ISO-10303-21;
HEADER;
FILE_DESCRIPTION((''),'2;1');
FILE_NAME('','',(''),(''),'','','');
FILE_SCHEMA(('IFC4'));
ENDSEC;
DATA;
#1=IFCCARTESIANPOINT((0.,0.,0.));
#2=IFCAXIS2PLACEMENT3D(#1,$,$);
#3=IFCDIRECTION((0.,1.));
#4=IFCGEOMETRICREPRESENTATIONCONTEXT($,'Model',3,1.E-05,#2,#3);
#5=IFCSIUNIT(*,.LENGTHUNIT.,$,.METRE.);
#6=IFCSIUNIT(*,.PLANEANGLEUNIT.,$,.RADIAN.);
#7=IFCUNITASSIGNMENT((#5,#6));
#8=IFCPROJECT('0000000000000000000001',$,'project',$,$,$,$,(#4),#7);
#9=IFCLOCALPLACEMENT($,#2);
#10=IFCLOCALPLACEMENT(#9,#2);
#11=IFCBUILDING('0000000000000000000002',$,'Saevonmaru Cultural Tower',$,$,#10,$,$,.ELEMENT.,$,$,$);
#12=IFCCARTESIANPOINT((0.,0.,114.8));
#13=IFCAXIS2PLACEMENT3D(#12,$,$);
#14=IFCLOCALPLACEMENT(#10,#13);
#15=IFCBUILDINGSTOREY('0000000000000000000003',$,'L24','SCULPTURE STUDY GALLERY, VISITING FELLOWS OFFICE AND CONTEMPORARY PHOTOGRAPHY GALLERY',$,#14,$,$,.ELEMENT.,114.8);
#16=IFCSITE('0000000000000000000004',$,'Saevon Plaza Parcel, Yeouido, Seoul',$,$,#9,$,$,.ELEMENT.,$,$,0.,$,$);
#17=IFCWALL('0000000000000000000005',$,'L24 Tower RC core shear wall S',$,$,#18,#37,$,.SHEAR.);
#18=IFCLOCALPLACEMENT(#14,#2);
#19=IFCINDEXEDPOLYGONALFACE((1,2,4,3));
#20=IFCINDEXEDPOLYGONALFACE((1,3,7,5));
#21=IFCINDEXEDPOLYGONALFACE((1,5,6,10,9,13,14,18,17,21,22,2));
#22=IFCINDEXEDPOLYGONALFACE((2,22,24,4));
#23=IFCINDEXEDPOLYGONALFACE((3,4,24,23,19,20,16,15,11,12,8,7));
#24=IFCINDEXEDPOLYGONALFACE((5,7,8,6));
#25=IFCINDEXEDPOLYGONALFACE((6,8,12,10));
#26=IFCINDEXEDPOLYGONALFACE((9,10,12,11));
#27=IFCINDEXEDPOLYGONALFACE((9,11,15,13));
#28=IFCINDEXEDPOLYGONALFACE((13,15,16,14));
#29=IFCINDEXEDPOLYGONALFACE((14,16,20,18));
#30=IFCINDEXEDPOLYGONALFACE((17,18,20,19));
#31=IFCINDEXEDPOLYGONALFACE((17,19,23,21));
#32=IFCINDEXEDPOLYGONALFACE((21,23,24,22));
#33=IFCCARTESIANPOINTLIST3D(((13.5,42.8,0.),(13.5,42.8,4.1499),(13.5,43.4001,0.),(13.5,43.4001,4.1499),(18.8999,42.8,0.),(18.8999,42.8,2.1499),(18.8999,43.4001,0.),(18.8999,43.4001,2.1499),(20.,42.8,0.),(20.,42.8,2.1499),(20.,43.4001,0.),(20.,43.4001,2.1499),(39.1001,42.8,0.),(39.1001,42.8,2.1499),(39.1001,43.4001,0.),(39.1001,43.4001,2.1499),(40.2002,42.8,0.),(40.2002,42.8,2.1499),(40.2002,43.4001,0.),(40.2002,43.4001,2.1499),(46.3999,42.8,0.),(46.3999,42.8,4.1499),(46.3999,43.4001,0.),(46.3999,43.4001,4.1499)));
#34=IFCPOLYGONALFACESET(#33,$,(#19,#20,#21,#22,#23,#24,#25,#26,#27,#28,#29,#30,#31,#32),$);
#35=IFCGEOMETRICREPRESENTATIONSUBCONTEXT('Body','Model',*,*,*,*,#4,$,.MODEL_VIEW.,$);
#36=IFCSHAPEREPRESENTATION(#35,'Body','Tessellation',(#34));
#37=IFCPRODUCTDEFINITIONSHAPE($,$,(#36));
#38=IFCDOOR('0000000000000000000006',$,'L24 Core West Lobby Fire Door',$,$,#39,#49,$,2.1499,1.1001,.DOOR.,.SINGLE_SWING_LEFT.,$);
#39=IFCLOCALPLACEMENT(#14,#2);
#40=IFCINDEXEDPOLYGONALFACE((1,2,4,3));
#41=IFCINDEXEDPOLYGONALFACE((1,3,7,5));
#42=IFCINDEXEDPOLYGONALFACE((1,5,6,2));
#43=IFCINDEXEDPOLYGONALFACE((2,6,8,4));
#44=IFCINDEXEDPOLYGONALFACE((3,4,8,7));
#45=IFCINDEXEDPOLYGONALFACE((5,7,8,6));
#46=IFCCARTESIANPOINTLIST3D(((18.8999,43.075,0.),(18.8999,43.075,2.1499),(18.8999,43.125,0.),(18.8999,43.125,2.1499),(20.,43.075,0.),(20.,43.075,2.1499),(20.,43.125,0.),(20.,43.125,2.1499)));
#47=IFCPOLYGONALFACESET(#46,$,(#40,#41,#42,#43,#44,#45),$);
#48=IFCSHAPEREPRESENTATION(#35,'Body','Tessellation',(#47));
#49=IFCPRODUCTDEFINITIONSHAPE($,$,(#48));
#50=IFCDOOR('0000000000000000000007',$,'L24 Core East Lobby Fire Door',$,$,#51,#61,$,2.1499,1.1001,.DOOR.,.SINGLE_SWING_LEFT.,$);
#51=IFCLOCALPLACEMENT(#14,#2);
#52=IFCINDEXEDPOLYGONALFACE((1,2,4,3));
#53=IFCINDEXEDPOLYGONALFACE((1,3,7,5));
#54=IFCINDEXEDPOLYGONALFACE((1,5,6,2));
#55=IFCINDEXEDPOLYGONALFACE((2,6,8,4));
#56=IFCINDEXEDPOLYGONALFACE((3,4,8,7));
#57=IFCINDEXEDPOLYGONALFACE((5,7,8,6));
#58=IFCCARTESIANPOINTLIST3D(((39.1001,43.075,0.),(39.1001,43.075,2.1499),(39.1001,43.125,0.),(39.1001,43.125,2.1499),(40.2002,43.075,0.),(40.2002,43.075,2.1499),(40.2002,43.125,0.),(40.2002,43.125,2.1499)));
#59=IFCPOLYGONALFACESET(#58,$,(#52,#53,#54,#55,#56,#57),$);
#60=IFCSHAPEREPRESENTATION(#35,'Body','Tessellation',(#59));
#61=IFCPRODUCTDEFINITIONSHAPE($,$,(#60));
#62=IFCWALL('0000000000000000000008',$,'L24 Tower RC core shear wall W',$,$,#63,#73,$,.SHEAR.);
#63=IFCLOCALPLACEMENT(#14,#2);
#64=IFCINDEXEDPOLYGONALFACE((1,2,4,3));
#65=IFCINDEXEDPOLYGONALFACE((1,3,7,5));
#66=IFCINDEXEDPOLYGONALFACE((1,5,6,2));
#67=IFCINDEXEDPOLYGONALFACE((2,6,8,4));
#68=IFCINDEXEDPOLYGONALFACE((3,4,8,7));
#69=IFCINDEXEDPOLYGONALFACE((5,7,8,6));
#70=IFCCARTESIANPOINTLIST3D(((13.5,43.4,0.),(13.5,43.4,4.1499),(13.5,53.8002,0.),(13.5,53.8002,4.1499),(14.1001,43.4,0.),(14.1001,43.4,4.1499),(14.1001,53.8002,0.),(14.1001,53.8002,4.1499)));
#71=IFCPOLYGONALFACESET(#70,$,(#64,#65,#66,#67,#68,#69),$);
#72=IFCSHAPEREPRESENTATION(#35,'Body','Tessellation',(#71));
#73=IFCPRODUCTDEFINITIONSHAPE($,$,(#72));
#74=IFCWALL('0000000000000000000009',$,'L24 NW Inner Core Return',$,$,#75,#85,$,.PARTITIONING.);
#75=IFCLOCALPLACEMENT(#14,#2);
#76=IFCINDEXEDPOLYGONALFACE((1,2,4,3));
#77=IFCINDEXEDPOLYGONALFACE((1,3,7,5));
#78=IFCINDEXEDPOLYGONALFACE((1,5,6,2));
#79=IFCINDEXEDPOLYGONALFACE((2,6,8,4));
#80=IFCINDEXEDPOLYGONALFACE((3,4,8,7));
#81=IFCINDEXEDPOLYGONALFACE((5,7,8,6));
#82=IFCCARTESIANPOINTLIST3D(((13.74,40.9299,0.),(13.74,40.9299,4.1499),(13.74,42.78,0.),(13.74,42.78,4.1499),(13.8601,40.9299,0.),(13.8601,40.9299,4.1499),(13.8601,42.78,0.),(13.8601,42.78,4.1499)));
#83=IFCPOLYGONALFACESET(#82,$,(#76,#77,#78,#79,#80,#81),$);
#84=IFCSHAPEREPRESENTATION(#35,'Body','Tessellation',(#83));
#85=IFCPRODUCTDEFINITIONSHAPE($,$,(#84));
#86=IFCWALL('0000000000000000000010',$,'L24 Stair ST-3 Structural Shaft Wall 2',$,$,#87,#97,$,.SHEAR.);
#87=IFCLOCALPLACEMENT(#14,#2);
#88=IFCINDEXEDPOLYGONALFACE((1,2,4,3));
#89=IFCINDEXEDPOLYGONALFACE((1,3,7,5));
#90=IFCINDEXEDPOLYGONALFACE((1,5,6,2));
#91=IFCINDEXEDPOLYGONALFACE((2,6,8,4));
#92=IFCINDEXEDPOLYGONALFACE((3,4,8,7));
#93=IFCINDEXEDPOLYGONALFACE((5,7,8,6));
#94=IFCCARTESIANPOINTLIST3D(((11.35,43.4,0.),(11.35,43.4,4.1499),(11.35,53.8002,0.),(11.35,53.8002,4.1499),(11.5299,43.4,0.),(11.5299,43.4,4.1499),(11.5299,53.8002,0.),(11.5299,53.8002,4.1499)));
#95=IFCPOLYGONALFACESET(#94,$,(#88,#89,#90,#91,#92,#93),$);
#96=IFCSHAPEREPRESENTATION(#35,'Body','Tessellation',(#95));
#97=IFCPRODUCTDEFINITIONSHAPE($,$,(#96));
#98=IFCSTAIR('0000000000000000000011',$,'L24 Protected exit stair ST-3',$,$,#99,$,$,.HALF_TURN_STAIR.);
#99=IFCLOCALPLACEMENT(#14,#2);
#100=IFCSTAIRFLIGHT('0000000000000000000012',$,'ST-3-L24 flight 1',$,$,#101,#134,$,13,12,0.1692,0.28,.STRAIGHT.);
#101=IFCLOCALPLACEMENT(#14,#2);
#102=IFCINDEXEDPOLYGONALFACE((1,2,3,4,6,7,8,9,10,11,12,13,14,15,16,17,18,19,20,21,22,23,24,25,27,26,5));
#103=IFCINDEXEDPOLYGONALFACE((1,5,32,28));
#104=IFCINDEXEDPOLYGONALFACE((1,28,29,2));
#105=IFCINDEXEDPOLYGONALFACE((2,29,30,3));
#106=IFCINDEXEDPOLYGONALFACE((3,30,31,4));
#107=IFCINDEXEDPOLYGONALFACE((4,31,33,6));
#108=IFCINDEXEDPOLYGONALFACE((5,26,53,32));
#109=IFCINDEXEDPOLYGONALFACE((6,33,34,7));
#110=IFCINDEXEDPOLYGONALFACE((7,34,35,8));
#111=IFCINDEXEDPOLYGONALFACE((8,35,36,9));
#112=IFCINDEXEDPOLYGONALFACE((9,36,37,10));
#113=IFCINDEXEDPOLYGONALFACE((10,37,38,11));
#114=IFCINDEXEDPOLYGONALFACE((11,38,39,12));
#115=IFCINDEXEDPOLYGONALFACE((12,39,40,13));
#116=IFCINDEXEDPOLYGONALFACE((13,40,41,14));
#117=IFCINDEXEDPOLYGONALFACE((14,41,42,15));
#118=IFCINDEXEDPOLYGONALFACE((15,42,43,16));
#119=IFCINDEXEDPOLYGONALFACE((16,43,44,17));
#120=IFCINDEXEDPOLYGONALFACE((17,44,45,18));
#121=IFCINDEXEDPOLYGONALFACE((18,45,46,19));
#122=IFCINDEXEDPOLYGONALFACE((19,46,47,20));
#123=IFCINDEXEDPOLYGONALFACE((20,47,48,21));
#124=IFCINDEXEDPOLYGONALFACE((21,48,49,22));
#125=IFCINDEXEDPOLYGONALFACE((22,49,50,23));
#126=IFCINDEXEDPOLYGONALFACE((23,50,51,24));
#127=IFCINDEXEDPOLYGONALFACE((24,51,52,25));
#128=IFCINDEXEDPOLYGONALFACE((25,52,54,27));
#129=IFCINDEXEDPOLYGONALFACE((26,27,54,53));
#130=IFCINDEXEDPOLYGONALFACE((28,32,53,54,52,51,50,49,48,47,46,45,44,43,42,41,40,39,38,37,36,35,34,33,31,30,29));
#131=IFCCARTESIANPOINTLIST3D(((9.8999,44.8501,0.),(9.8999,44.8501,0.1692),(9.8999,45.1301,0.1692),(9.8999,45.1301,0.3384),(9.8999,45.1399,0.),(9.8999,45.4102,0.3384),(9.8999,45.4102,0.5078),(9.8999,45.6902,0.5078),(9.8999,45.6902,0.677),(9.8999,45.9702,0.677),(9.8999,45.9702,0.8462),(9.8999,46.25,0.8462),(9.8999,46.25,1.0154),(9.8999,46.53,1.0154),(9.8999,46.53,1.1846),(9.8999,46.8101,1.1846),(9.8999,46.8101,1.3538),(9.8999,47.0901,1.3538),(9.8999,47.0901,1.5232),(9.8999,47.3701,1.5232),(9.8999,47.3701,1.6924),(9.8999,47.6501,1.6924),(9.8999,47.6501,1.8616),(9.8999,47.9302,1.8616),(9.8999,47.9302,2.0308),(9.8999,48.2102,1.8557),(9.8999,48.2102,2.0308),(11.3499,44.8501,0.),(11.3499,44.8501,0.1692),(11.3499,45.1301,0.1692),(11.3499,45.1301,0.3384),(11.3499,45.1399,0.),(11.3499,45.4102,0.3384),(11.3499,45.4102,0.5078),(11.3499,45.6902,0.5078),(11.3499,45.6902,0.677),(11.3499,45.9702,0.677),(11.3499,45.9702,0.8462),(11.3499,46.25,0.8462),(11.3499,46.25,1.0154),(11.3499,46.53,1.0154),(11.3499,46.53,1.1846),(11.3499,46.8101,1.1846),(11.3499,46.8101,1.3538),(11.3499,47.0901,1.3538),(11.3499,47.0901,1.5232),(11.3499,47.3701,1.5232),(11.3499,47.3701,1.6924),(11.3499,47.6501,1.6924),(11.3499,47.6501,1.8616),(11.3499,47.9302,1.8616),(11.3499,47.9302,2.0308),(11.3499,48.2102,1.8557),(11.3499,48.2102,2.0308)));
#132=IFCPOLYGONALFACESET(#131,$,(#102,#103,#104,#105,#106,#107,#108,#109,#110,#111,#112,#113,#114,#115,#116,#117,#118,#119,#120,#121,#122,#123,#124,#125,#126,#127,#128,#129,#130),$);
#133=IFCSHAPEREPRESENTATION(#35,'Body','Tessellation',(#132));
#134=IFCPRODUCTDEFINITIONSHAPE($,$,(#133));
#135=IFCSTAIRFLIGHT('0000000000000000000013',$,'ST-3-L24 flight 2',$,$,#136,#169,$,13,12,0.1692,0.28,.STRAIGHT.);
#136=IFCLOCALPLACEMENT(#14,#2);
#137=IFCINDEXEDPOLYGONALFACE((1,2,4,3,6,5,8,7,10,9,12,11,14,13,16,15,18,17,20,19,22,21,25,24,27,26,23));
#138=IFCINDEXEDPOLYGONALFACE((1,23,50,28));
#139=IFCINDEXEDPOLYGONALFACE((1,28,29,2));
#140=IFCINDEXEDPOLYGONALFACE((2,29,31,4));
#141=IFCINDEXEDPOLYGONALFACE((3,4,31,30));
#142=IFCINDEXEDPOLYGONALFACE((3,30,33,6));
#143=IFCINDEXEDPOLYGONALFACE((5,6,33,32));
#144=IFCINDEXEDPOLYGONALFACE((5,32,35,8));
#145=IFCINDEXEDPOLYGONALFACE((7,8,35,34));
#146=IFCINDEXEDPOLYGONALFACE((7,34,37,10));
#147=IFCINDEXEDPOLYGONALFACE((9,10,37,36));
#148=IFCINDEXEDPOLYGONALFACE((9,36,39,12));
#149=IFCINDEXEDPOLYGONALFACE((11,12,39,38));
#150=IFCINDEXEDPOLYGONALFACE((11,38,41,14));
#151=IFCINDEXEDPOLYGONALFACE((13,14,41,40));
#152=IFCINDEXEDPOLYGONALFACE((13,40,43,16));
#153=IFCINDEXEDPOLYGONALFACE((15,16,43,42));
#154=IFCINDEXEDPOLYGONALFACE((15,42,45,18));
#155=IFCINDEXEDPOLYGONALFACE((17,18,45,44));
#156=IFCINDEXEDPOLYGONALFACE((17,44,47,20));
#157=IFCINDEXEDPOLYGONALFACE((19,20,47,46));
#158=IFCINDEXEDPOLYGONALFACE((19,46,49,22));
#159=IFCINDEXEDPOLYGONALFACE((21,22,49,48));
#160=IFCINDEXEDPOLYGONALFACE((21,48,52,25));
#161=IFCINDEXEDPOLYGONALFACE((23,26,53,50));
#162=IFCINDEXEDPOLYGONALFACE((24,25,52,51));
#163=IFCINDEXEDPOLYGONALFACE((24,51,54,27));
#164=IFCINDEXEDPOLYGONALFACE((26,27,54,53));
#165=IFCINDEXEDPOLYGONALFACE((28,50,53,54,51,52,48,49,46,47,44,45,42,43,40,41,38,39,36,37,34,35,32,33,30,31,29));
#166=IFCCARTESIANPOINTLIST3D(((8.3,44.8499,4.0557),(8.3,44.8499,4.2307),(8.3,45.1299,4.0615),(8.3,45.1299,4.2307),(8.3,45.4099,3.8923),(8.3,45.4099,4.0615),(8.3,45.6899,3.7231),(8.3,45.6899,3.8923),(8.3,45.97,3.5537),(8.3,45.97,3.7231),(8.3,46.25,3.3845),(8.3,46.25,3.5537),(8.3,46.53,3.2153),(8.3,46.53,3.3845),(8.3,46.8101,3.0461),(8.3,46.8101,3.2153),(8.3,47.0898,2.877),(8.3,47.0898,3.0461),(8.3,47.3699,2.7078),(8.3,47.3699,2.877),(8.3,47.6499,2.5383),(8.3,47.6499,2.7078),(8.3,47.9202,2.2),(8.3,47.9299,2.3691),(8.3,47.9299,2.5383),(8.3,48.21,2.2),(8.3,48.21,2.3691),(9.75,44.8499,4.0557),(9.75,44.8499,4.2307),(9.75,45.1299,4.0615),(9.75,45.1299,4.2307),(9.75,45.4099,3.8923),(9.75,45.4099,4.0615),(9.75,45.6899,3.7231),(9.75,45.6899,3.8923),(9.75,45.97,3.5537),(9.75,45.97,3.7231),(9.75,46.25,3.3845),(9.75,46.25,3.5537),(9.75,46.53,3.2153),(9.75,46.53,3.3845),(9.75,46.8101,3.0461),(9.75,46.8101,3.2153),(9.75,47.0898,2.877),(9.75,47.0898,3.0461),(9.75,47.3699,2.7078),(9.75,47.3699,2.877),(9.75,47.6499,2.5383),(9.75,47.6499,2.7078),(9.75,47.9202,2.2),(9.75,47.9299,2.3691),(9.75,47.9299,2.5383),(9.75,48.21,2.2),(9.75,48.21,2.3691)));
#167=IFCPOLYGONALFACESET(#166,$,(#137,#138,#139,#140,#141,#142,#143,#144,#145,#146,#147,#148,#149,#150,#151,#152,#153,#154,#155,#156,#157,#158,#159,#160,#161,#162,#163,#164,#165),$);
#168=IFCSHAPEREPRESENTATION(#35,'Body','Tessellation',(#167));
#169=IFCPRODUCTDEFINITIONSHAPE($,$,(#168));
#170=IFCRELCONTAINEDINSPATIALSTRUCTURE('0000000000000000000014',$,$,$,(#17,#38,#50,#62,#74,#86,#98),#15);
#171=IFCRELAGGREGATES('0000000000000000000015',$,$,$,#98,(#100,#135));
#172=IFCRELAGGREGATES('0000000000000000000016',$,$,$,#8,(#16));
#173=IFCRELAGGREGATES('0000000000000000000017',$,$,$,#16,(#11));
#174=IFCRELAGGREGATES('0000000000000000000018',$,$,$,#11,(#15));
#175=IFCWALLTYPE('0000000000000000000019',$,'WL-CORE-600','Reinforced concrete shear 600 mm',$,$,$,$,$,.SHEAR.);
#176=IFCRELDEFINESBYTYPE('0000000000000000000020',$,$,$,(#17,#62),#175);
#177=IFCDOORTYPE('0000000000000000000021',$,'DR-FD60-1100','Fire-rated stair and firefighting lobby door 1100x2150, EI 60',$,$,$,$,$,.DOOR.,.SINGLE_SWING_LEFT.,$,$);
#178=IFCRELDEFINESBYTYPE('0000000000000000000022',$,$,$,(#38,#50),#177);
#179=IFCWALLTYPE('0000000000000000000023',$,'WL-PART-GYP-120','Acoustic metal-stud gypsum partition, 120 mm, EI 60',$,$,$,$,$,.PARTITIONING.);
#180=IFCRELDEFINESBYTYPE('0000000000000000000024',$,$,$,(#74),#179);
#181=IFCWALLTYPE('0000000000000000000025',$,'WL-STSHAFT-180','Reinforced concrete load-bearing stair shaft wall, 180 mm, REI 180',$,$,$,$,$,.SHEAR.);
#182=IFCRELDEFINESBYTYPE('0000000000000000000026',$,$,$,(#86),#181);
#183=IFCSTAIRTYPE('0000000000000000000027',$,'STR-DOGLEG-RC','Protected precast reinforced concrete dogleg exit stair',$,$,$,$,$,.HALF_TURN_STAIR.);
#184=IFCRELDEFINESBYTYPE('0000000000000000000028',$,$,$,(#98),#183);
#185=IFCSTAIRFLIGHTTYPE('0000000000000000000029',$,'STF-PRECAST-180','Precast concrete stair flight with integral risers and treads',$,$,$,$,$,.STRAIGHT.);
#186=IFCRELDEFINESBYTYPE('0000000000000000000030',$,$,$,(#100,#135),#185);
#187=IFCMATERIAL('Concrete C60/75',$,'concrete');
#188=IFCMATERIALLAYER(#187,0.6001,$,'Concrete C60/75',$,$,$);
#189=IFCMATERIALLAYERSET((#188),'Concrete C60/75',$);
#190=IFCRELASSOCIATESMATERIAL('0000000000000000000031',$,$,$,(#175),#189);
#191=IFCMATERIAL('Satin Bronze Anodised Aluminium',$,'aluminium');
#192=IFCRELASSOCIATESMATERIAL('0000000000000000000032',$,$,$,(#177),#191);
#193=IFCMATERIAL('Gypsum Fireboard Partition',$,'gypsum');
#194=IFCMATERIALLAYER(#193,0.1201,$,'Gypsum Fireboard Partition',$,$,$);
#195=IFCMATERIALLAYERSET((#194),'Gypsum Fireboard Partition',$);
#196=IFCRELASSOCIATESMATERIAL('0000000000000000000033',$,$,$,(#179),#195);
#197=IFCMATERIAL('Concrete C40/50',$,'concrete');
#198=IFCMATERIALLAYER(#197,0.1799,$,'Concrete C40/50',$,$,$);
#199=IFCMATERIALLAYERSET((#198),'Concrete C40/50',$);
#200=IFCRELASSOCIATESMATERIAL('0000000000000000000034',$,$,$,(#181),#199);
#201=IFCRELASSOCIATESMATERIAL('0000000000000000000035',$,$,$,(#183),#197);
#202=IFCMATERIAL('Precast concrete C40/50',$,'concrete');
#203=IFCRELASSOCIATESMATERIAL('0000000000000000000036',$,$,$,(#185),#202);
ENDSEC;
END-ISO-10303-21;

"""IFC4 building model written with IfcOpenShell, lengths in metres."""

from ifc_helpers import new_model, si_unit, direction, frame, frame_2d, origin, place, context, subcontext, project, spatial, polyline, rectangle, outline, extrude, material, layer, layer_set, type_object, element, fill, aggregate, save


model = new_model("IFC4")

# Units and contexts
model_context = context("Model", 3, precision=1e-05, world=origin(), true_north=direction((0.0, 1.0)))
body_context = subcontext(model_context, "Body", "Model", "MODEL_VIEW")
ifc_project = project(units=[si_unit("LENGTHUNIT", "METRE"), si_unit("PLANEANGLEUNIT", "RADIAN")], contexts=[model_context])

# Site, building, storey
site_placement = place(None, origin())
site = spatial("IfcSite", under=ifc_project, at=site_placement, Name="Saevon Plaza Parcel, Yeouido, Seoul", CompositionType="ELEMENT", RefElevation=0.0)
building_placement = place(site_placement, origin())
building = spatial("IfcBuilding", under=site, at=building_placement, Name="Saevonmaru Cultural Tower", CompositionType="ELEMENT")
storey_placement = place(building_placement, frame((0.0, 0.0, 114.8)))
storey = spatial("IfcBuildingStorey", under=building, at=storey_placement, Name="L24", Description="SCULPTURE STUDY GALLERY, VISITING FELLOWS OFFICE AND CONTEMPORARY PHOTOGRAPHY GALLERY", CompositionType="ELEMENT", Elevation=114.8)

# Shared definitions
ifc_material_1 = material(Name="Satin Bronze Anodised Aluminium", Category="aluminium")

# Wall, openings, doors
ifc_material_2 = material(Name="Concrete C60/75", Category="concrete")
ifc_layer_1 = layer(ifc_material_2, 0.6001, Name="Concrete C60/75")
ifc_layer_set_1 = layer_set([ifc_layer_1], Name="Concrete C60/75")
wall_type_1 = type_object("IfcWallType", Name="WL-CORE-600", Description="Reinforced concrete shear 600 mm", PredefinedType="SHEAR", material=ifc_layer_set_1)
wall_1_placement = place(storey_placement, frame((13.5, 43.1001, 0.0), z_axis=(0.0, 0.0, 1.0), x_axis=(1.0, 0.0, 0.0)))
wall_1 = element("IfcWall", 1, at=wall_1_placement, inside=storey, type_object=wall_type_1, Name="L24 Tower RC core shear wall S", PredefinedType="SHEAR", context=body_context, shape_type="SweptSolid", body=[
    extrude(rectangle(XDim=32.8999, YDim=0.6001, at=frame_2d((16.45, 0.0))), origin(), (0.0, 0.0, 1.0), 4.1499),
])
opening_1_placement = place(wall_1_placement, frame((5.3999, 0.0, 0.0)))
opening_1 = element("IfcOpeningElement", 2, at=opening_1_placement, cuts=wall_1, PredefinedType="OPENING", context=body_context, shape_type="SweptSolid", body=[
    extrude(rectangle(XDim=1.1001, YDim=2.1499, at=frame_2d((0.55, 1.075))), frame((0.0, 0.3101, 0.0), z_axis=(0.0, -1.0, 0.0), x_axis=(1.0, 0.0, 0.0)), (0.0, 0.0, 1.0), 0.6201),
])
opening_2_placement = place(wall_1_placement, frame((25.6001, 0.0, 0.0)))
opening_2 = element("IfcOpeningElement", 3, at=opening_2_placement, cuts=wall_1, PredefinedType="OPENING", context=body_context, shape_type="SweptSolid", body=[
    extrude(rectangle(XDim=1.1001, YDim=2.1499, at=frame_2d((0.55, 1.075))), frame((0.0, 0.3101, 0.0), z_axis=(0.0, -1.0, 0.0), x_axis=(1.0, 0.0, 0.0)), (0.0, 0.0, 1.0), 0.6201),
])
door_type = type_object("IfcDoorType", Name="DR-FD60-1100", Description="Fire-rated stair and firefighting lobby door 1100x2150, EI 60", OperationType="SINGLE_SWING_LEFT", PredefinedType="DOOR", material=ifc_material_1)
door_1_placement = place(opening_1_placement, origin())
door_1 = element("IfcDoor", 4, at=door_1_placement, inside=storey, type_object=door_type, Name="L24 Core West Lobby Fire Door", OperationType="SINGLE_SWING_LEFT", OverallHeight=2.1499, OverallWidth=1.1001, PredefinedType="DOOR", context=body_context, shape_type="SweptSolid", body=[
    extrude(rectangle(XDim=1.1001, YDim=2.1499, at=frame_2d((0.55, 1.075))), frame((0.0, 0.0249, 0.0), z_axis=(0.0, -1.0, 0.0), x_axis=(1.0, 0.0, 0.0)), (0.0, 0.0, 1.0), 0.05),
])
fill(opening_1, door_1)
door_2_placement = place(opening_2_placement, origin())
door_2 = element("IfcDoor", 5, at=door_2_placement, inside=storey, type_object=door_type, Name="L24 Core East Lobby Fire Door", OperationType="SINGLE_SWING_LEFT", OverallHeight=2.1499, OverallWidth=1.1001, PredefinedType="DOOR", context=body_context, shape_type="SweptSolid", body=[
    extrude(rectangle(XDim=1.1001, YDim=2.1499, at=frame_2d((0.55, 1.075))), frame((0.0, 0.0249, 0.0), z_axis=(0.0, -1.0, 0.0), x_axis=(1.0, 0.0, 0.0)), (0.0, 0.0, 1.0), 0.05),
])
fill(opening_2, door_2)

# Walls
wall_2_placement = place(storey_placement, frame((13.8, 43.3999, 0.0), z_axis=(0.0, 0.0, 1.0), x_axis=(0.0, 1.0, 0.0)))
element("IfcWall", 6, at=wall_2_placement, inside=storey, type_object=wall_type_1, Name="L24 Tower RC core shear wall W", PredefinedType="SHEAR", context=body_context, shape_type="SweptSolid", body=[
    extrude(rectangle(XDim=10.4001, YDim=0.6001, at=frame_2d((5.2002, 0.0))), origin(), (0.0, 0.0, 1.0), 4.1499),
])
ifc_material_3 = material(Name="Gypsum Fireboard Partition", Category="gypsum")
ifc_layer_2 = layer(ifc_material_3, 0.1201, Name="Gypsum Fireboard Partition")
ifc_layer_set_2 = layer_set([ifc_layer_2], Name="Gypsum Fireboard Partition")
wall_type_2 = type_object("IfcWallType", Name="WL-PART-GYP-120", Description="Acoustic metal-stud gypsum partition, 120 mm, EI 60", PredefinedType="PARTITIONING", material=ifc_layer_set_2)
wall_3_placement = place(storey_placement, frame((13.8, 40.9299, 0.0), z_axis=(0.0, 0.0, 1.0), x_axis=(0.0, 1.0, 0.0)))
element("IfcWall", 7, at=wall_3_placement, inside=storey, type_object=wall_type_2, Name="L24 NW Inner Core Return", PredefinedType="PARTITIONING", context=body_context, shape_type="SweptSolid", body=[
    extrude(rectangle(XDim=1.8501, YDim=0.1201, at=frame_2d((0.925, 0.0))), origin(), (0.0, 0.0, 1.0), 4.1499),
])

# Shared definitions
ifc_material_4 = material(Name="Concrete C40/50", Category="concrete")
ifc_layer_3 = layer(ifc_material_4, 0.1799, Name="Concrete C40/50")
ifc_layer_set_3 = layer_set([ifc_layer_3], Name="Concrete C40/50")
wall_type_3 = type_object("IfcWallType", Name="WL-STSHAFT-180", Description="Reinforced concrete load-bearing stair shaft wall, 180 mm, REI 180", PredefinedType="SHEAR", material=ifc_layer_set_3)

# Wall
wall_4_placement = place(storey_placement, frame((11.4399, 43.3999, 0.0), z_axis=(0.0, 0.0, 1.0), x_axis=(0.0, 1.0, 0.0)))
element("IfcWall", 8, at=wall_4_placement, inside=storey, type_object=wall_type_3, Name="L24 Stair ST-3 Structural Shaft Wall 2", PredefinedType="SHEAR", context=body_context, shape_type="SweptSolid", body=[
    extrude(rectangle(XDim=10.4001, YDim=0.1799, at=frame_2d((5.2002, 0.0))), origin(), (0.0, 0.0, 1.0), 4.1499),
])

# Stair, stair flights
stair_type = type_object("IfcStairType", Name="STR-DOGLEG-RC", Description="Protected precast reinforced concrete dogleg exit stair", PredefinedType="HALF_TURN_STAIR", material=ifc_material_4)
stair_placement = place(storey_placement, origin())
stair = element("IfcStair", 9, at=stair_placement, inside=storey, type_object=stair_type, Name="L24 Protected exit stair ST-3", PredefinedType="HALF_TURN_STAIR")
ifc_material_5 = material(Name="Precast concrete C40/50", Category="concrete")
stair_flight_type = type_object("IfcStairFlightType", Name="STF-PRECAST-180", Description="Precast concrete stair flight with integral risers and treads", PredefinedType="STRAIGHT", material=ifc_material_5)
stair_flight_1_placement = place(storey_placement, frame((10.625, 44.8501, 0.0), z_axis=(0.0, 0.0, 1.0), x_axis=(0.0, 1.0, 0.0)))
stair_flight_1 = element("IfcStairFlight", 10, at=stair_flight_1_placement, type_object=stair_flight_type, Name="ST-3-L24 flight 1", NumberOfRisers=13, NumberOfTreads=12, PredefinedType="STRAIGHT", RiserHeight=0.1692, TreadLength=0.28, context=body_context, shape_type="SweptSolid", body=[
    extrude(outline(polyline([(0.0, 0.0), (0.0, 0.1692), (0.28, 0.1692), (0.28, 0.3384), (0.5601, 0.3384), (0.5601, 0.5078), (0.8401, 0.5078), (0.8401, 0.677), (1.1201, 0.677), (1.1201, 0.8462), (1.3999, 0.8462), (1.3999, 1.0154), (1.6799, 1.0154), (1.6799, 1.1846), (1.96, 1.1846), (1.96, 1.3538), (2.24, 1.3538), (2.24, 1.5232), (2.52, 1.5232), (2.52, 1.6924), (2.8, 1.6924), (2.8, 1.8616), (3.0801, 1.8616), (3.0801, 2.0308), (3.3601, 2.0308), (3.3601, 2.2), (3.3601, 1.8557), (0.2898, 0.0), (0.0, 0.0)])), frame((0.0, 0.7251, 0.0), z_axis=(0.0, -1.0, 0.0), x_axis=(1.0, 0.0, 0.0)), (0.0, 0.0, 1.0), 1.45),
])
stair_flight_2_placement = place(storey_placement, frame((9.0249, 48.21, 2.2), z_axis=(0.0, 0.0, 1.0), x_axis=(0.0, -1.0, 0.0)))
stair_flight_2 = element("IfcStairFlight", 11, at=stair_flight_2_placement, type_object=stair_flight_type, Name="ST-3-L24 flight 2", NumberOfRisers=13, NumberOfTreads=12, PredefinedType="STRAIGHT", RiserHeight=0.1692, TreadLength=0.28, context=body_context, shape_type="SweptSolid", body=[
    extrude(outline(polyline([(0.0, 0.0), (0.0, 0.1692), (0.28, 0.1692), (0.28, 0.3384), (0.5601, 0.3384), (0.5601, 0.5078), (0.8401, 0.5078), (0.8401, 0.677), (1.1201, 0.677), (1.1201, 0.8462), (1.3999, 0.8462), (1.3999, 1.0154), (1.6799, 1.0154), (1.6799, 1.1846), (1.96, 1.1846), (1.96, 1.3538), (2.24, 1.3538), (2.24, 1.5232), (2.52, 1.5232), (2.52, 1.6924), (2.8, 1.6924), (2.8, 1.8616), (3.0801, 1.8616), (3.0801, 2.0308), (3.3601, 2.0308), (3.3601, 2.2), (3.3601, 1.8557), (0.2898, 0.0), (0.0, 0.0)])), frame((0.0, 0.7251, 0.0), z_axis=(0.0, -1.0, 0.0), x_axis=(1.0, 0.0, 0.0)), (0.0, 0.0, 1.0), 1.45),
])
aggregate(stair, [stair_flight_1, stair_flight_2])

save(model, "model.ifc")
